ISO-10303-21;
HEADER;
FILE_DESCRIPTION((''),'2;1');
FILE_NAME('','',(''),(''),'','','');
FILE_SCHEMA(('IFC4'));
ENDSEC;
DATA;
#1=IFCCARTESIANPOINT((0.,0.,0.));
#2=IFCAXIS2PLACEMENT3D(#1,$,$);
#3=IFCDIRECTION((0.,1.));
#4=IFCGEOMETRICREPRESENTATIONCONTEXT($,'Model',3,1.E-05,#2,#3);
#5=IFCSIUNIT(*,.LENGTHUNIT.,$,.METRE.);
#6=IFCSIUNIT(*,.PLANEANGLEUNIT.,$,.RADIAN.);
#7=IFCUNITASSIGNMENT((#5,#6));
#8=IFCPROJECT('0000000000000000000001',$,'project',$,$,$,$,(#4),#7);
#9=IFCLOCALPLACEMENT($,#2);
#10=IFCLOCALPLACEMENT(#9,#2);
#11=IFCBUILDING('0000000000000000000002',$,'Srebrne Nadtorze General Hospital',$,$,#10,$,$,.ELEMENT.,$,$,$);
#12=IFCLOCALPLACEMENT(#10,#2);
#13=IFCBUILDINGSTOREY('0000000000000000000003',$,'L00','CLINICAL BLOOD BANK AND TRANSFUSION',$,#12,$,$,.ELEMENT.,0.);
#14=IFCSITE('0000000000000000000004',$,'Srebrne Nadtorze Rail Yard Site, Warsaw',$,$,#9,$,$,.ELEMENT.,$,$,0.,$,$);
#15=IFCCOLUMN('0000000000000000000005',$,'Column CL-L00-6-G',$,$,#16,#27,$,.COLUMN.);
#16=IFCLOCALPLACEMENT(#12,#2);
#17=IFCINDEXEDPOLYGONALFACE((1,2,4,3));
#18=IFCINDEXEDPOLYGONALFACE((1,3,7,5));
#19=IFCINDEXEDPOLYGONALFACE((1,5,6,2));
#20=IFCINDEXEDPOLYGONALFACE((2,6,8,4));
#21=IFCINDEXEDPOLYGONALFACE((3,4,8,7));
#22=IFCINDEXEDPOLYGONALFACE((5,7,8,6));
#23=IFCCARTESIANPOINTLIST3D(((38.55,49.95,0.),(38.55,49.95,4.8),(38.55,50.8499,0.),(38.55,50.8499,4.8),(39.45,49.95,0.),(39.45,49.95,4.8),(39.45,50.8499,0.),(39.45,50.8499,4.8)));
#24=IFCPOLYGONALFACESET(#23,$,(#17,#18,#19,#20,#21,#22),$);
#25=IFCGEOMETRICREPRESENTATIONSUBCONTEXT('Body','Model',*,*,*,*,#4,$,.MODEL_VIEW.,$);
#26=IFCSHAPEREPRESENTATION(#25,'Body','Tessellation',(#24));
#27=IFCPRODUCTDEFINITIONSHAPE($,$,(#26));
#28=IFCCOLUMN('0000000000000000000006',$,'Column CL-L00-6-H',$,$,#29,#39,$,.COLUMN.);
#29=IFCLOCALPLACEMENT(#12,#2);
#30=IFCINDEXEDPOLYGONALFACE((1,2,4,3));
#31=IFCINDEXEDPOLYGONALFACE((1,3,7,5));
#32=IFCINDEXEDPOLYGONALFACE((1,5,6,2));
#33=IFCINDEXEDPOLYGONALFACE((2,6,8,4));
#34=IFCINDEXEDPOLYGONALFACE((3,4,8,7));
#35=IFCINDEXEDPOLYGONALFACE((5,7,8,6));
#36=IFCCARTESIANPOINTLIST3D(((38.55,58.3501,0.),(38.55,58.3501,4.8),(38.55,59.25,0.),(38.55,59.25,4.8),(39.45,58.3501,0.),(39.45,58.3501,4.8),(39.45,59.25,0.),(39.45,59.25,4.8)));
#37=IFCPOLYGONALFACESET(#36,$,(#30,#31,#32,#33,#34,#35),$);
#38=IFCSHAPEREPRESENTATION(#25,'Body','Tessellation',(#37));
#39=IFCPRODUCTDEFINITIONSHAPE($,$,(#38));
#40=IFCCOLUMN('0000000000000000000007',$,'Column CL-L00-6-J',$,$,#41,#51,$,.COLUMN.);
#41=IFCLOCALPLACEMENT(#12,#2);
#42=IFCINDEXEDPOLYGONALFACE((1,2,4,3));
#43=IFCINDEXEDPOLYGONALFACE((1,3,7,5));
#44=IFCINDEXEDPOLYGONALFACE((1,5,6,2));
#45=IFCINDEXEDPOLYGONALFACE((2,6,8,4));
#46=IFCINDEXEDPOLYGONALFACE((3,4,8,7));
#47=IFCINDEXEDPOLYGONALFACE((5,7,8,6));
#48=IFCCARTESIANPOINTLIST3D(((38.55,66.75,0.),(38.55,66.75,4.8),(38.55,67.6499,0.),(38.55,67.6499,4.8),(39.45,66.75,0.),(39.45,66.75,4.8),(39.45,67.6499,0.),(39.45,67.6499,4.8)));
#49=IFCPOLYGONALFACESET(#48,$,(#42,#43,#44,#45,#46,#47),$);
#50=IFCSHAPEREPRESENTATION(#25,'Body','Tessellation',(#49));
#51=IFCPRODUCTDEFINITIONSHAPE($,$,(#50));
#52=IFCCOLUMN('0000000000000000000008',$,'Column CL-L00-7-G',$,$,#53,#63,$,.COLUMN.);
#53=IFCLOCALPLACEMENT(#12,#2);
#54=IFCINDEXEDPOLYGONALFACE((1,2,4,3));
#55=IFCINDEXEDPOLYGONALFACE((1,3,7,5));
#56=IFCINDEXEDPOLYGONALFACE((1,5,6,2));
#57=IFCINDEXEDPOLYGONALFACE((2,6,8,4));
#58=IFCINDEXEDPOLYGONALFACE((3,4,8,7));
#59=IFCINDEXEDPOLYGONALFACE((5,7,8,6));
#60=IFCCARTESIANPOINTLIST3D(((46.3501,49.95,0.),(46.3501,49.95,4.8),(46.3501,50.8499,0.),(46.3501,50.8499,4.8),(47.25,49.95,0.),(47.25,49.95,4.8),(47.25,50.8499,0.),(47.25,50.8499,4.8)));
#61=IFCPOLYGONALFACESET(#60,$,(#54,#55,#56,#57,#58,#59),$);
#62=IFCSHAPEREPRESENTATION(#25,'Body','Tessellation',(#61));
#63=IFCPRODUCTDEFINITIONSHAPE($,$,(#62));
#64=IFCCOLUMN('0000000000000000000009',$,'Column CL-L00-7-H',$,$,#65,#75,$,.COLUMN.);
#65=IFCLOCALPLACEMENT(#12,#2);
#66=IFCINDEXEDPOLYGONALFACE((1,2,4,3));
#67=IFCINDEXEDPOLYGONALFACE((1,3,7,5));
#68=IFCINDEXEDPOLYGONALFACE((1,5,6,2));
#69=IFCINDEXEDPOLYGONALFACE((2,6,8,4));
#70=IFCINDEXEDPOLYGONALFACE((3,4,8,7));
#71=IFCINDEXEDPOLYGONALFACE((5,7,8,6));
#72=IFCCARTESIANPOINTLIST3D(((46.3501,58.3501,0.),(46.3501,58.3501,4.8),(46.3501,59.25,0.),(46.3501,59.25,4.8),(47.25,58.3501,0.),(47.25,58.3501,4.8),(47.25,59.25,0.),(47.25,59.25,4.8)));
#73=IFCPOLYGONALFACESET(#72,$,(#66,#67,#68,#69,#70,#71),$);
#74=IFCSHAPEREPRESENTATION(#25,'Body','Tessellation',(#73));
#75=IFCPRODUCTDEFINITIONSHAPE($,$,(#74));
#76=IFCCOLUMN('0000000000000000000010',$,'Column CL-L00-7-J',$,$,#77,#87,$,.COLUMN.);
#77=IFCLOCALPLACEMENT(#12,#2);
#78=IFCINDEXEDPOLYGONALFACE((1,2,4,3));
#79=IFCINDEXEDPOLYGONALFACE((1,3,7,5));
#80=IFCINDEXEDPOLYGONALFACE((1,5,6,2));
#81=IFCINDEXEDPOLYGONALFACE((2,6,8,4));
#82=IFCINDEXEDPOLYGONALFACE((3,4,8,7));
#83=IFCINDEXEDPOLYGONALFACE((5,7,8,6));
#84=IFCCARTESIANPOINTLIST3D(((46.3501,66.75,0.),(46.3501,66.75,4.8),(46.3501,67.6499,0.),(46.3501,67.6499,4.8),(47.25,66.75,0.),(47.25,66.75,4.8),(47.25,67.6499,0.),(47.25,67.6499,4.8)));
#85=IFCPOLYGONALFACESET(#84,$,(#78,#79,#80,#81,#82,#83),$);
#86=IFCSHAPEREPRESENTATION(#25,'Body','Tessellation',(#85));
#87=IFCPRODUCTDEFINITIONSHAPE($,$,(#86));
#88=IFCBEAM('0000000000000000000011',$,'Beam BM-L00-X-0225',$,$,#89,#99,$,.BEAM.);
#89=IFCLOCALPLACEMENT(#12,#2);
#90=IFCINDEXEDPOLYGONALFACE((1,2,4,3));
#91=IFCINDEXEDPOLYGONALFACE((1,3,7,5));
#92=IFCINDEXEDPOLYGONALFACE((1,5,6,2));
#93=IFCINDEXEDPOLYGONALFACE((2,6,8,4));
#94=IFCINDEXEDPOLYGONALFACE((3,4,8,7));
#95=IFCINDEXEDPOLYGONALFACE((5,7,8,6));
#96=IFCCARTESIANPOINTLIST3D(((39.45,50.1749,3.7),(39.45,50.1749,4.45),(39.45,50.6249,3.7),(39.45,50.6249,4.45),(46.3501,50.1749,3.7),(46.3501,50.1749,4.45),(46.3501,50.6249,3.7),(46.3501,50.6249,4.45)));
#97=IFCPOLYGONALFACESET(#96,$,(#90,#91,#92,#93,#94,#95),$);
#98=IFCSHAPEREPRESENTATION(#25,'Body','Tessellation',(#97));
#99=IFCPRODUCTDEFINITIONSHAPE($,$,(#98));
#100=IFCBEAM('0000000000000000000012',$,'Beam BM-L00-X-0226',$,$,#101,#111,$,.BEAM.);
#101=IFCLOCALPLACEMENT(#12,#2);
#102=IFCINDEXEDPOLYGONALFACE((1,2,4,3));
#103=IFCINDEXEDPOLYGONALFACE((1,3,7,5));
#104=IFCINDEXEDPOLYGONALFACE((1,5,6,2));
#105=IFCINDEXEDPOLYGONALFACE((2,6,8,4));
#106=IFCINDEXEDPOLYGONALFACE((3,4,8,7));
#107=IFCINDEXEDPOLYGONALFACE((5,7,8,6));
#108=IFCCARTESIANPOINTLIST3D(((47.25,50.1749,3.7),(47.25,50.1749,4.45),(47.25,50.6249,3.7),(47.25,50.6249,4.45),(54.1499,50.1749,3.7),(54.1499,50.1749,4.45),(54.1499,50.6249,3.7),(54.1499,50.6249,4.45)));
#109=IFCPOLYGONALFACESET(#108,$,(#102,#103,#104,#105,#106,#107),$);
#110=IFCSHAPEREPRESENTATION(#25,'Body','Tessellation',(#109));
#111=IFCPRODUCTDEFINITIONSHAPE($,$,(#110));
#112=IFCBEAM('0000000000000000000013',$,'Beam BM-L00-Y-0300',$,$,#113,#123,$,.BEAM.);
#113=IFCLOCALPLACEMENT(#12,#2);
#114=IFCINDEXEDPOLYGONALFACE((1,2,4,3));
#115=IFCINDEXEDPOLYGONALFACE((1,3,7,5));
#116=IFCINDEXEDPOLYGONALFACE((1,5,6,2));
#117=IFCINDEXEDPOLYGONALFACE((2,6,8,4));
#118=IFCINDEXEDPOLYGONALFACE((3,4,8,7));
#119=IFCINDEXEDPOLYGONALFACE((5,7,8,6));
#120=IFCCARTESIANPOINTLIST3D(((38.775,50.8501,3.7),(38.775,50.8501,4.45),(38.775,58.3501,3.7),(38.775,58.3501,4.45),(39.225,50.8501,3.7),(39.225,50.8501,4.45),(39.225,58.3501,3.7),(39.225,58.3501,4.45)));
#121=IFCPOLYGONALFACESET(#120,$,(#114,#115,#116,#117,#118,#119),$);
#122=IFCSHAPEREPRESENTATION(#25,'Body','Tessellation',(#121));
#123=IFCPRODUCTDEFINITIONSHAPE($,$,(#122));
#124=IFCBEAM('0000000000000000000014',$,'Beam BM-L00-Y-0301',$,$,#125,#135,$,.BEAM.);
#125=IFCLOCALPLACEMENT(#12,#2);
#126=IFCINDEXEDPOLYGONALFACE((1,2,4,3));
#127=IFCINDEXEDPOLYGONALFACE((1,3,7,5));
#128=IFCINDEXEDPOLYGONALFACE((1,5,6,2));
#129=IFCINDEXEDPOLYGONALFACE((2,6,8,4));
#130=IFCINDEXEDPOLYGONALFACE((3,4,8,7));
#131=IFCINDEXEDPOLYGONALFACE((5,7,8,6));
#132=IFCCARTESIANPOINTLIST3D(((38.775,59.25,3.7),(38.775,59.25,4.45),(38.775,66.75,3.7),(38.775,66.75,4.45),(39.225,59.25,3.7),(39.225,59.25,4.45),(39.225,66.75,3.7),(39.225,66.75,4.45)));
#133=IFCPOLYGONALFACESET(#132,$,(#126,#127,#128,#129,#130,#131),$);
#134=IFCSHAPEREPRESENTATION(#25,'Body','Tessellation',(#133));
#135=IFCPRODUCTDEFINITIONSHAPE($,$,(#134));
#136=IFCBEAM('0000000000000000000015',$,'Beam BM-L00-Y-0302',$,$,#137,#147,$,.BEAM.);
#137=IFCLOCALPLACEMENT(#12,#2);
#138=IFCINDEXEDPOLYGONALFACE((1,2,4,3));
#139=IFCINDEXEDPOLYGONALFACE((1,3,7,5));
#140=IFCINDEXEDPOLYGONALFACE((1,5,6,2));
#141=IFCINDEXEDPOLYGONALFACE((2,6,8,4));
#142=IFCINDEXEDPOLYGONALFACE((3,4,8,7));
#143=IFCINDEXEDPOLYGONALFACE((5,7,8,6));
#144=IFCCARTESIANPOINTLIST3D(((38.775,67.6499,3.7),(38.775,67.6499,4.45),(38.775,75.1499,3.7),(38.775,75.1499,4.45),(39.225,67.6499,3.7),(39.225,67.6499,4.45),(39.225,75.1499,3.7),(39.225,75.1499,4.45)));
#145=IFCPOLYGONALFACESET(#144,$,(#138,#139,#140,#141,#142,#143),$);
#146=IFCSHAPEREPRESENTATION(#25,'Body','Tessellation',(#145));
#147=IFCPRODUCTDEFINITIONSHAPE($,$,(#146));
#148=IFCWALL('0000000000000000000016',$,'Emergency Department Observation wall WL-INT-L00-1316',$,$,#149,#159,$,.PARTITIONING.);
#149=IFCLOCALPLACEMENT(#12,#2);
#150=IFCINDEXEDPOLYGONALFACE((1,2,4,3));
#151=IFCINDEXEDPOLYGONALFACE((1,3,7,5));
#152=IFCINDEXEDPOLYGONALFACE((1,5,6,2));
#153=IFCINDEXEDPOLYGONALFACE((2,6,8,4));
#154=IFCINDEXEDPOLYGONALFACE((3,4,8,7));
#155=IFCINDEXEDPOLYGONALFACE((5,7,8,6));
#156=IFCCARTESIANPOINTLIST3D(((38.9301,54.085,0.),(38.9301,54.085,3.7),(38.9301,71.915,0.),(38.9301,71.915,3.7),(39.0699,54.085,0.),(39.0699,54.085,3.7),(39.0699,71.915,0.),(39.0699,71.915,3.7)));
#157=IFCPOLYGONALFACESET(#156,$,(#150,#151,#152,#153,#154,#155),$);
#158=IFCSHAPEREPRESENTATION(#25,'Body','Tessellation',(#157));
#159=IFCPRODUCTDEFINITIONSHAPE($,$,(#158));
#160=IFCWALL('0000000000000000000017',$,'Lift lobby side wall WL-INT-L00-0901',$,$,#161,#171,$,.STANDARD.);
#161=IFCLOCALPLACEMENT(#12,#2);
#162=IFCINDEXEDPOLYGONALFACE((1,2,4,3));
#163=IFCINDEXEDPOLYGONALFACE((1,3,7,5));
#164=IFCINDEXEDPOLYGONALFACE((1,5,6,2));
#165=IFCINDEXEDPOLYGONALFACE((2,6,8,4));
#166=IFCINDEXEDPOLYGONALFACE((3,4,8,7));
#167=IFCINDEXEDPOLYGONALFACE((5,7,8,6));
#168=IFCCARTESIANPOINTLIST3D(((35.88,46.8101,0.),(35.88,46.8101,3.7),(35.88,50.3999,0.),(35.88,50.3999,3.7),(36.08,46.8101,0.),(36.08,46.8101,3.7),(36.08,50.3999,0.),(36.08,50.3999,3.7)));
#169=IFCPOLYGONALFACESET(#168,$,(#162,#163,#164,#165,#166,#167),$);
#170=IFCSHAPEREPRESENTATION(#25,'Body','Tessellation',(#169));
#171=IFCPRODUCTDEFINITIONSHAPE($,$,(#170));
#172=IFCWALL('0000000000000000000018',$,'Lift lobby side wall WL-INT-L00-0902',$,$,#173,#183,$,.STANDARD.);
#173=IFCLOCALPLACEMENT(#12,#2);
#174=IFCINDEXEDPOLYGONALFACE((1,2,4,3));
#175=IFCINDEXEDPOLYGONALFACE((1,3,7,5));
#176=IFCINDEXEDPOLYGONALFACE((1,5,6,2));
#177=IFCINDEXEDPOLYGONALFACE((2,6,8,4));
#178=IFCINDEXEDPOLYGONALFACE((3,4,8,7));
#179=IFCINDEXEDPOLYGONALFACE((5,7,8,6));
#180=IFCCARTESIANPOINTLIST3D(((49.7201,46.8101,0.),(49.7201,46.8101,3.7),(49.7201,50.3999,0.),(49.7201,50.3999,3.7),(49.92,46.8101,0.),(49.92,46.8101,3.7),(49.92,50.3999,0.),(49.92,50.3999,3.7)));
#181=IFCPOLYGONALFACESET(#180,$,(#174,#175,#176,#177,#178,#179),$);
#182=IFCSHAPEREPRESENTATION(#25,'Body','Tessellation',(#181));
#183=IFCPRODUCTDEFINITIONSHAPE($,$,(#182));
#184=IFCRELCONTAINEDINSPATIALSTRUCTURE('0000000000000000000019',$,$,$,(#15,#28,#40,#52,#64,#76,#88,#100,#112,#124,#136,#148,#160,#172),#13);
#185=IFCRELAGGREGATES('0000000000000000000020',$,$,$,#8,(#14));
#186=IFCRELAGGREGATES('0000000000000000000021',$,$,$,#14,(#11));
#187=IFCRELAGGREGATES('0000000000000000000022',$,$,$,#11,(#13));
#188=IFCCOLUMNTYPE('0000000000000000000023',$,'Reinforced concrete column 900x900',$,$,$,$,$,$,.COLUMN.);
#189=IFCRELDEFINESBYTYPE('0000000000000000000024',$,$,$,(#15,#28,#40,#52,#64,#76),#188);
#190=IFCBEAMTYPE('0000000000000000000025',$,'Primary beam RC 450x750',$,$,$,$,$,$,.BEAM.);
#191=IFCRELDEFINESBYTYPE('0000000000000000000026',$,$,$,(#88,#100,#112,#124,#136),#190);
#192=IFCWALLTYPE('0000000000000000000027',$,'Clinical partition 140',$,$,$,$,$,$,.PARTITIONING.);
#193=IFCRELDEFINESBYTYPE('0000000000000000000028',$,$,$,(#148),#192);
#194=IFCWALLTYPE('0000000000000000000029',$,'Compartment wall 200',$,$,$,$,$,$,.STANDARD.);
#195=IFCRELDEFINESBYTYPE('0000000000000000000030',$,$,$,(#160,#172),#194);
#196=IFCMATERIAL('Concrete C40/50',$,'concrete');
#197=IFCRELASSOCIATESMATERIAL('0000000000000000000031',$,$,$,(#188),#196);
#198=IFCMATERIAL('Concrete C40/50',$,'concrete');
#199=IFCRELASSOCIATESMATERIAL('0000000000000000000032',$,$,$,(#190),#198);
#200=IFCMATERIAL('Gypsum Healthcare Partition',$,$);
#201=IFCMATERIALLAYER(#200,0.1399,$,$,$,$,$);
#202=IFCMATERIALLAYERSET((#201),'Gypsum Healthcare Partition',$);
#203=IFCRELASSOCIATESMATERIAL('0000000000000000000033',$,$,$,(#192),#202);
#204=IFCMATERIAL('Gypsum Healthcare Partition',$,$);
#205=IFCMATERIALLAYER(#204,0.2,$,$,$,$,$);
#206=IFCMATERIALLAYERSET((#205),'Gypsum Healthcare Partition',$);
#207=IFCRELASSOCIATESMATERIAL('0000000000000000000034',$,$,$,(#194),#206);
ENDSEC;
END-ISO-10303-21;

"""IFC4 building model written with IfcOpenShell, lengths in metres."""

from ifc_helpers import new_model, si_unit, direction, frame, frame_2d, origin, origin_2d, place, context, subcontext, project, spatial, rectangle, extrude, material, layer, layer_set, material_profile, profile_set, type_object, element, save


model = new_model("IFC4")

# Units and contexts
model_context = context("Model", 3, precision=1e-05, world=origin(), true_north=direction((0.0, 1.0)))
body_context = subcontext(model_context, "Body", "Model", "MODEL_VIEW")
ifc_project = project(units=[si_unit("LENGTHUNIT", "METRE"), si_unit("PLANEANGLEUNIT", "RADIAN")], contexts=[model_context])

# Site, building, storey
site_placement = place(None, origin())
site = spatial("IfcSite", under=ifc_project, at=site_placement, Name="Srebrne Nadtorze Rail Yard Site, Warsaw", CompositionType="ELEMENT", RefElevation=0.0)
building_placement = place(site_placement, origin())
building = spatial("IfcBuilding", under=site, at=building_placement, Name="Srebrne Nadtorze General Hospital", CompositionType="ELEMENT")
storey_placement = place(building_placement, origin())
storey = spatial("IfcBuildingStorey", under=building, at=storey_placement, Name="L00", Description="CLINICAL BLOOD BANK AND TRANSFUSION", CompositionType="ELEMENT", Elevation=0.0)

# Columns
ifc_material_1 = material(Name="Concrete C40/50", Category="concrete")
ifc_material_profile_1 = material_profile(ifc_material_1, rectangle(XDim=0.8999, YDim=0.8999, at=origin_2d()), Name="RC-COL-900x900")
ifc_profile_set_1 = profile_set([ifc_material_profile_1], Name="Concrete C40/50")
column_type = type_object("IfcColumnType", Name="Reinforced concrete column 900x900", PredefinedType="COLUMN", material=ifc_profile_set_1)
for number, where, z_axis, x_axis, name in (
    (1, (39.0, 50.3999, 0.0), (0.0, 0.0, 1.0), (1.0, 0.0, 0.0), "Column CL-L00-6-G"),
    (2, (39.0, 58.8, 0.0), (0.0, 0.0, 1.0), (1.0, 0.0, 0.0), "Column CL-L00-6-H"),
    (3, (39.0, 67.2, 0.0), (0.0, 0.0, 1.0), (1.0, 0.0, 0.0), "Column CL-L00-6-J"),
    (4, (46.8, 50.3999, 0.0), (0.0, 0.0, 1.0), (1.0, 0.0, 0.0), "Column CL-L00-7-G"),
    (5, (46.8, 58.8, 0.0), (0.0, 0.0, 1.0), (1.0, 0.0, 0.0), "Column CL-L00-7-H"),
    (6, (46.8, 67.2, 0.0), (0.0, 0.0, 1.0), (1.0, 0.0, 0.0), "Column CL-L00-7-J"),
):
    element("IfcColumn", number, at=place(storey_placement, frame(where, z_axis=z_axis, x_axis=x_axis)), inside=storey, type_object=column_type, Name=name, PredefinedType="COLUMN", context=body_context, shape_type="SweptSolid", body=[
        extrude(rectangle(XDim=0.8999, YDim=0.8999, at=origin_2d()), origin(), (0.0, 0.0, 1.0), 4.8),
    ])

# Beams
ifc_material_2 = material(Name="Concrete C40/50", Category="concrete")
ifc_material_profile_2 = material_profile(ifc_material_2, rectangle(XDim=0.45, YDim=0.75, at=origin_2d()), Name="RC-BM-450x750")
ifc_profile_set_2 = profile_set([ifc_material_profile_2], Name="Concrete C40/50")
beam_type = type_object("IfcBeamType", Name="Primary beam RC 450x750", PredefinedType="BEAM", material=ifc_profile_set_2)
beam_1_placement = place(storey_placement, frame((39.45, 50.3999, 4.075), z_axis=(1.0, 0.0, 0.0), x_axis=(0.0, 1.0, 0.0)))
element("IfcBeam", 7, at=beam_1_placement, inside=storey, type_object=beam_type, Name="Beam BM-L00-X-0225", PredefinedType="BEAM", context=body_context, shape_type="SweptSolid", body=[
    extrude(rectangle(XDim=0.45, YDim=0.75, at=origin_2d()), origin(), (0.0, 0.0, 1.0), 6.9001),
])
beam_2_placement = place(storey_placement, frame((47.25, 50.3999, 4.075), z_axis=(1.0, 0.0, 0.0), x_axis=(0.0, 1.0, 0.0)))
element("IfcBeam", 8, at=beam_2_placement, inside=storey, type_object=beam_type, Name="Beam BM-L00-X-0226", PredefinedType="BEAM", context=body_context, shape_type="SweptSolid", body=[
    extrude(rectangle(XDim=0.45, YDim=0.75, at=origin_2d()), origin(), (0.0, 0.0, 1.0), 6.8999),
])
for number, where, z_axis, x_axis, name in (
    (9, (39.0, 50.8501, 4.075), (0.0, 1.0, 0.0), (-1.0, 0.0, 0.0), "Beam BM-L00-Y-0300"),
    (10, (39.0, 59.25, 4.075), (0.0, 1.0, 0.0), (-1.0, 0.0, 0.0), "Beam BM-L00-Y-0301"),
    (11, (39.0, 67.6499, 4.075), (0.0, 1.0, 0.0), (-1.0, 0.0, 0.0), "Beam BM-L00-Y-0302"),
):
    element("IfcBeam", number, at=place(storey_placement, frame(where, z_axis=z_axis, x_axis=x_axis)), inside=storey, type_object=beam_type, Name=name, PredefinedType="BEAM", context=body_context, shape_type="SweptSolid", body=[
        extrude(rectangle(XDim=0.45, YDim=0.75, at=origin_2d()), origin(), (0.0, 0.0, 1.0), 7.5),
    ])

# Walls
ifc_material_3 = material(Name="Gypsum Healthcare Partition")
ifc_layer_1 = layer(ifc_material_3, 0.1399)
ifc_layer_set_1 = layer_set([ifc_layer_1], Name="Gypsum Healthcare Partition")
wall_type_1 = type_object("IfcWallType", Name="Clinical partition 140", PredefinedType="PARTITIONING", material=ifc_layer_set_1)
wall_1_placement = place(storey_placement, frame((39.0, 54.085, 0.0), z_axis=(0.0, 0.0, 1.0), x_axis=(0.0, 1.0, 0.0)))
element("IfcWall", 12, at=wall_1_placement, inside=storey, type_object=wall_type_1, Name="Emergency Department Observation wall WL-INT-L00-1316", PredefinedType="PARTITIONING", context=body_context, shape_type="SweptSolid", body=[
    extrude(rectangle(XDim=17.8301, YDim=0.1399, at=frame_2d((8.915, 0.0))), origin(), (0.0, 0.0, 1.0), 3.7),
])
ifc_material_4 = material(Name="Gypsum Healthcare Partition")
ifc_layer_2 = layer(ifc_material_4, 0.2)
ifc_layer_set_2 = layer_set([ifc_layer_2], Name="Gypsum Healthcare Partition")
wall_type_2 = type_object("IfcWallType", Name="Compartment wall 200", PredefinedType="STANDARD", material=ifc_layer_set_2)
for number, where, z_axis, x_axis, name in (
    (13, (35.98, 46.8101, 0.0), (0.0, 0.0, 1.0), (0.0, 1.0, 0.0), "Lift lobby side wall WL-INT-L00-0901"),
    (14, (49.8201, 46.8101, 0.0), (0.0, 0.0, 1.0), (0.0, 1.0, 0.0), "Lift lobby side wall WL-INT-L00-0902"),
):
    element("IfcWall", number, at=place(storey_placement, frame(where, z_axis=z_axis, x_axis=x_axis)), inside=storey, type_object=wall_type_2, Name=name, PredefinedType="STANDARD", context=body_context, shape_type="SweptSolid", body=[
        extrude(rectangle(XDim=3.5898, YDim=0.2, at=frame_2d((1.7949, 0.0))), origin(), (0.0, 0.0, 1.0), 3.7),
    ])

save(model, "model.ifc")
